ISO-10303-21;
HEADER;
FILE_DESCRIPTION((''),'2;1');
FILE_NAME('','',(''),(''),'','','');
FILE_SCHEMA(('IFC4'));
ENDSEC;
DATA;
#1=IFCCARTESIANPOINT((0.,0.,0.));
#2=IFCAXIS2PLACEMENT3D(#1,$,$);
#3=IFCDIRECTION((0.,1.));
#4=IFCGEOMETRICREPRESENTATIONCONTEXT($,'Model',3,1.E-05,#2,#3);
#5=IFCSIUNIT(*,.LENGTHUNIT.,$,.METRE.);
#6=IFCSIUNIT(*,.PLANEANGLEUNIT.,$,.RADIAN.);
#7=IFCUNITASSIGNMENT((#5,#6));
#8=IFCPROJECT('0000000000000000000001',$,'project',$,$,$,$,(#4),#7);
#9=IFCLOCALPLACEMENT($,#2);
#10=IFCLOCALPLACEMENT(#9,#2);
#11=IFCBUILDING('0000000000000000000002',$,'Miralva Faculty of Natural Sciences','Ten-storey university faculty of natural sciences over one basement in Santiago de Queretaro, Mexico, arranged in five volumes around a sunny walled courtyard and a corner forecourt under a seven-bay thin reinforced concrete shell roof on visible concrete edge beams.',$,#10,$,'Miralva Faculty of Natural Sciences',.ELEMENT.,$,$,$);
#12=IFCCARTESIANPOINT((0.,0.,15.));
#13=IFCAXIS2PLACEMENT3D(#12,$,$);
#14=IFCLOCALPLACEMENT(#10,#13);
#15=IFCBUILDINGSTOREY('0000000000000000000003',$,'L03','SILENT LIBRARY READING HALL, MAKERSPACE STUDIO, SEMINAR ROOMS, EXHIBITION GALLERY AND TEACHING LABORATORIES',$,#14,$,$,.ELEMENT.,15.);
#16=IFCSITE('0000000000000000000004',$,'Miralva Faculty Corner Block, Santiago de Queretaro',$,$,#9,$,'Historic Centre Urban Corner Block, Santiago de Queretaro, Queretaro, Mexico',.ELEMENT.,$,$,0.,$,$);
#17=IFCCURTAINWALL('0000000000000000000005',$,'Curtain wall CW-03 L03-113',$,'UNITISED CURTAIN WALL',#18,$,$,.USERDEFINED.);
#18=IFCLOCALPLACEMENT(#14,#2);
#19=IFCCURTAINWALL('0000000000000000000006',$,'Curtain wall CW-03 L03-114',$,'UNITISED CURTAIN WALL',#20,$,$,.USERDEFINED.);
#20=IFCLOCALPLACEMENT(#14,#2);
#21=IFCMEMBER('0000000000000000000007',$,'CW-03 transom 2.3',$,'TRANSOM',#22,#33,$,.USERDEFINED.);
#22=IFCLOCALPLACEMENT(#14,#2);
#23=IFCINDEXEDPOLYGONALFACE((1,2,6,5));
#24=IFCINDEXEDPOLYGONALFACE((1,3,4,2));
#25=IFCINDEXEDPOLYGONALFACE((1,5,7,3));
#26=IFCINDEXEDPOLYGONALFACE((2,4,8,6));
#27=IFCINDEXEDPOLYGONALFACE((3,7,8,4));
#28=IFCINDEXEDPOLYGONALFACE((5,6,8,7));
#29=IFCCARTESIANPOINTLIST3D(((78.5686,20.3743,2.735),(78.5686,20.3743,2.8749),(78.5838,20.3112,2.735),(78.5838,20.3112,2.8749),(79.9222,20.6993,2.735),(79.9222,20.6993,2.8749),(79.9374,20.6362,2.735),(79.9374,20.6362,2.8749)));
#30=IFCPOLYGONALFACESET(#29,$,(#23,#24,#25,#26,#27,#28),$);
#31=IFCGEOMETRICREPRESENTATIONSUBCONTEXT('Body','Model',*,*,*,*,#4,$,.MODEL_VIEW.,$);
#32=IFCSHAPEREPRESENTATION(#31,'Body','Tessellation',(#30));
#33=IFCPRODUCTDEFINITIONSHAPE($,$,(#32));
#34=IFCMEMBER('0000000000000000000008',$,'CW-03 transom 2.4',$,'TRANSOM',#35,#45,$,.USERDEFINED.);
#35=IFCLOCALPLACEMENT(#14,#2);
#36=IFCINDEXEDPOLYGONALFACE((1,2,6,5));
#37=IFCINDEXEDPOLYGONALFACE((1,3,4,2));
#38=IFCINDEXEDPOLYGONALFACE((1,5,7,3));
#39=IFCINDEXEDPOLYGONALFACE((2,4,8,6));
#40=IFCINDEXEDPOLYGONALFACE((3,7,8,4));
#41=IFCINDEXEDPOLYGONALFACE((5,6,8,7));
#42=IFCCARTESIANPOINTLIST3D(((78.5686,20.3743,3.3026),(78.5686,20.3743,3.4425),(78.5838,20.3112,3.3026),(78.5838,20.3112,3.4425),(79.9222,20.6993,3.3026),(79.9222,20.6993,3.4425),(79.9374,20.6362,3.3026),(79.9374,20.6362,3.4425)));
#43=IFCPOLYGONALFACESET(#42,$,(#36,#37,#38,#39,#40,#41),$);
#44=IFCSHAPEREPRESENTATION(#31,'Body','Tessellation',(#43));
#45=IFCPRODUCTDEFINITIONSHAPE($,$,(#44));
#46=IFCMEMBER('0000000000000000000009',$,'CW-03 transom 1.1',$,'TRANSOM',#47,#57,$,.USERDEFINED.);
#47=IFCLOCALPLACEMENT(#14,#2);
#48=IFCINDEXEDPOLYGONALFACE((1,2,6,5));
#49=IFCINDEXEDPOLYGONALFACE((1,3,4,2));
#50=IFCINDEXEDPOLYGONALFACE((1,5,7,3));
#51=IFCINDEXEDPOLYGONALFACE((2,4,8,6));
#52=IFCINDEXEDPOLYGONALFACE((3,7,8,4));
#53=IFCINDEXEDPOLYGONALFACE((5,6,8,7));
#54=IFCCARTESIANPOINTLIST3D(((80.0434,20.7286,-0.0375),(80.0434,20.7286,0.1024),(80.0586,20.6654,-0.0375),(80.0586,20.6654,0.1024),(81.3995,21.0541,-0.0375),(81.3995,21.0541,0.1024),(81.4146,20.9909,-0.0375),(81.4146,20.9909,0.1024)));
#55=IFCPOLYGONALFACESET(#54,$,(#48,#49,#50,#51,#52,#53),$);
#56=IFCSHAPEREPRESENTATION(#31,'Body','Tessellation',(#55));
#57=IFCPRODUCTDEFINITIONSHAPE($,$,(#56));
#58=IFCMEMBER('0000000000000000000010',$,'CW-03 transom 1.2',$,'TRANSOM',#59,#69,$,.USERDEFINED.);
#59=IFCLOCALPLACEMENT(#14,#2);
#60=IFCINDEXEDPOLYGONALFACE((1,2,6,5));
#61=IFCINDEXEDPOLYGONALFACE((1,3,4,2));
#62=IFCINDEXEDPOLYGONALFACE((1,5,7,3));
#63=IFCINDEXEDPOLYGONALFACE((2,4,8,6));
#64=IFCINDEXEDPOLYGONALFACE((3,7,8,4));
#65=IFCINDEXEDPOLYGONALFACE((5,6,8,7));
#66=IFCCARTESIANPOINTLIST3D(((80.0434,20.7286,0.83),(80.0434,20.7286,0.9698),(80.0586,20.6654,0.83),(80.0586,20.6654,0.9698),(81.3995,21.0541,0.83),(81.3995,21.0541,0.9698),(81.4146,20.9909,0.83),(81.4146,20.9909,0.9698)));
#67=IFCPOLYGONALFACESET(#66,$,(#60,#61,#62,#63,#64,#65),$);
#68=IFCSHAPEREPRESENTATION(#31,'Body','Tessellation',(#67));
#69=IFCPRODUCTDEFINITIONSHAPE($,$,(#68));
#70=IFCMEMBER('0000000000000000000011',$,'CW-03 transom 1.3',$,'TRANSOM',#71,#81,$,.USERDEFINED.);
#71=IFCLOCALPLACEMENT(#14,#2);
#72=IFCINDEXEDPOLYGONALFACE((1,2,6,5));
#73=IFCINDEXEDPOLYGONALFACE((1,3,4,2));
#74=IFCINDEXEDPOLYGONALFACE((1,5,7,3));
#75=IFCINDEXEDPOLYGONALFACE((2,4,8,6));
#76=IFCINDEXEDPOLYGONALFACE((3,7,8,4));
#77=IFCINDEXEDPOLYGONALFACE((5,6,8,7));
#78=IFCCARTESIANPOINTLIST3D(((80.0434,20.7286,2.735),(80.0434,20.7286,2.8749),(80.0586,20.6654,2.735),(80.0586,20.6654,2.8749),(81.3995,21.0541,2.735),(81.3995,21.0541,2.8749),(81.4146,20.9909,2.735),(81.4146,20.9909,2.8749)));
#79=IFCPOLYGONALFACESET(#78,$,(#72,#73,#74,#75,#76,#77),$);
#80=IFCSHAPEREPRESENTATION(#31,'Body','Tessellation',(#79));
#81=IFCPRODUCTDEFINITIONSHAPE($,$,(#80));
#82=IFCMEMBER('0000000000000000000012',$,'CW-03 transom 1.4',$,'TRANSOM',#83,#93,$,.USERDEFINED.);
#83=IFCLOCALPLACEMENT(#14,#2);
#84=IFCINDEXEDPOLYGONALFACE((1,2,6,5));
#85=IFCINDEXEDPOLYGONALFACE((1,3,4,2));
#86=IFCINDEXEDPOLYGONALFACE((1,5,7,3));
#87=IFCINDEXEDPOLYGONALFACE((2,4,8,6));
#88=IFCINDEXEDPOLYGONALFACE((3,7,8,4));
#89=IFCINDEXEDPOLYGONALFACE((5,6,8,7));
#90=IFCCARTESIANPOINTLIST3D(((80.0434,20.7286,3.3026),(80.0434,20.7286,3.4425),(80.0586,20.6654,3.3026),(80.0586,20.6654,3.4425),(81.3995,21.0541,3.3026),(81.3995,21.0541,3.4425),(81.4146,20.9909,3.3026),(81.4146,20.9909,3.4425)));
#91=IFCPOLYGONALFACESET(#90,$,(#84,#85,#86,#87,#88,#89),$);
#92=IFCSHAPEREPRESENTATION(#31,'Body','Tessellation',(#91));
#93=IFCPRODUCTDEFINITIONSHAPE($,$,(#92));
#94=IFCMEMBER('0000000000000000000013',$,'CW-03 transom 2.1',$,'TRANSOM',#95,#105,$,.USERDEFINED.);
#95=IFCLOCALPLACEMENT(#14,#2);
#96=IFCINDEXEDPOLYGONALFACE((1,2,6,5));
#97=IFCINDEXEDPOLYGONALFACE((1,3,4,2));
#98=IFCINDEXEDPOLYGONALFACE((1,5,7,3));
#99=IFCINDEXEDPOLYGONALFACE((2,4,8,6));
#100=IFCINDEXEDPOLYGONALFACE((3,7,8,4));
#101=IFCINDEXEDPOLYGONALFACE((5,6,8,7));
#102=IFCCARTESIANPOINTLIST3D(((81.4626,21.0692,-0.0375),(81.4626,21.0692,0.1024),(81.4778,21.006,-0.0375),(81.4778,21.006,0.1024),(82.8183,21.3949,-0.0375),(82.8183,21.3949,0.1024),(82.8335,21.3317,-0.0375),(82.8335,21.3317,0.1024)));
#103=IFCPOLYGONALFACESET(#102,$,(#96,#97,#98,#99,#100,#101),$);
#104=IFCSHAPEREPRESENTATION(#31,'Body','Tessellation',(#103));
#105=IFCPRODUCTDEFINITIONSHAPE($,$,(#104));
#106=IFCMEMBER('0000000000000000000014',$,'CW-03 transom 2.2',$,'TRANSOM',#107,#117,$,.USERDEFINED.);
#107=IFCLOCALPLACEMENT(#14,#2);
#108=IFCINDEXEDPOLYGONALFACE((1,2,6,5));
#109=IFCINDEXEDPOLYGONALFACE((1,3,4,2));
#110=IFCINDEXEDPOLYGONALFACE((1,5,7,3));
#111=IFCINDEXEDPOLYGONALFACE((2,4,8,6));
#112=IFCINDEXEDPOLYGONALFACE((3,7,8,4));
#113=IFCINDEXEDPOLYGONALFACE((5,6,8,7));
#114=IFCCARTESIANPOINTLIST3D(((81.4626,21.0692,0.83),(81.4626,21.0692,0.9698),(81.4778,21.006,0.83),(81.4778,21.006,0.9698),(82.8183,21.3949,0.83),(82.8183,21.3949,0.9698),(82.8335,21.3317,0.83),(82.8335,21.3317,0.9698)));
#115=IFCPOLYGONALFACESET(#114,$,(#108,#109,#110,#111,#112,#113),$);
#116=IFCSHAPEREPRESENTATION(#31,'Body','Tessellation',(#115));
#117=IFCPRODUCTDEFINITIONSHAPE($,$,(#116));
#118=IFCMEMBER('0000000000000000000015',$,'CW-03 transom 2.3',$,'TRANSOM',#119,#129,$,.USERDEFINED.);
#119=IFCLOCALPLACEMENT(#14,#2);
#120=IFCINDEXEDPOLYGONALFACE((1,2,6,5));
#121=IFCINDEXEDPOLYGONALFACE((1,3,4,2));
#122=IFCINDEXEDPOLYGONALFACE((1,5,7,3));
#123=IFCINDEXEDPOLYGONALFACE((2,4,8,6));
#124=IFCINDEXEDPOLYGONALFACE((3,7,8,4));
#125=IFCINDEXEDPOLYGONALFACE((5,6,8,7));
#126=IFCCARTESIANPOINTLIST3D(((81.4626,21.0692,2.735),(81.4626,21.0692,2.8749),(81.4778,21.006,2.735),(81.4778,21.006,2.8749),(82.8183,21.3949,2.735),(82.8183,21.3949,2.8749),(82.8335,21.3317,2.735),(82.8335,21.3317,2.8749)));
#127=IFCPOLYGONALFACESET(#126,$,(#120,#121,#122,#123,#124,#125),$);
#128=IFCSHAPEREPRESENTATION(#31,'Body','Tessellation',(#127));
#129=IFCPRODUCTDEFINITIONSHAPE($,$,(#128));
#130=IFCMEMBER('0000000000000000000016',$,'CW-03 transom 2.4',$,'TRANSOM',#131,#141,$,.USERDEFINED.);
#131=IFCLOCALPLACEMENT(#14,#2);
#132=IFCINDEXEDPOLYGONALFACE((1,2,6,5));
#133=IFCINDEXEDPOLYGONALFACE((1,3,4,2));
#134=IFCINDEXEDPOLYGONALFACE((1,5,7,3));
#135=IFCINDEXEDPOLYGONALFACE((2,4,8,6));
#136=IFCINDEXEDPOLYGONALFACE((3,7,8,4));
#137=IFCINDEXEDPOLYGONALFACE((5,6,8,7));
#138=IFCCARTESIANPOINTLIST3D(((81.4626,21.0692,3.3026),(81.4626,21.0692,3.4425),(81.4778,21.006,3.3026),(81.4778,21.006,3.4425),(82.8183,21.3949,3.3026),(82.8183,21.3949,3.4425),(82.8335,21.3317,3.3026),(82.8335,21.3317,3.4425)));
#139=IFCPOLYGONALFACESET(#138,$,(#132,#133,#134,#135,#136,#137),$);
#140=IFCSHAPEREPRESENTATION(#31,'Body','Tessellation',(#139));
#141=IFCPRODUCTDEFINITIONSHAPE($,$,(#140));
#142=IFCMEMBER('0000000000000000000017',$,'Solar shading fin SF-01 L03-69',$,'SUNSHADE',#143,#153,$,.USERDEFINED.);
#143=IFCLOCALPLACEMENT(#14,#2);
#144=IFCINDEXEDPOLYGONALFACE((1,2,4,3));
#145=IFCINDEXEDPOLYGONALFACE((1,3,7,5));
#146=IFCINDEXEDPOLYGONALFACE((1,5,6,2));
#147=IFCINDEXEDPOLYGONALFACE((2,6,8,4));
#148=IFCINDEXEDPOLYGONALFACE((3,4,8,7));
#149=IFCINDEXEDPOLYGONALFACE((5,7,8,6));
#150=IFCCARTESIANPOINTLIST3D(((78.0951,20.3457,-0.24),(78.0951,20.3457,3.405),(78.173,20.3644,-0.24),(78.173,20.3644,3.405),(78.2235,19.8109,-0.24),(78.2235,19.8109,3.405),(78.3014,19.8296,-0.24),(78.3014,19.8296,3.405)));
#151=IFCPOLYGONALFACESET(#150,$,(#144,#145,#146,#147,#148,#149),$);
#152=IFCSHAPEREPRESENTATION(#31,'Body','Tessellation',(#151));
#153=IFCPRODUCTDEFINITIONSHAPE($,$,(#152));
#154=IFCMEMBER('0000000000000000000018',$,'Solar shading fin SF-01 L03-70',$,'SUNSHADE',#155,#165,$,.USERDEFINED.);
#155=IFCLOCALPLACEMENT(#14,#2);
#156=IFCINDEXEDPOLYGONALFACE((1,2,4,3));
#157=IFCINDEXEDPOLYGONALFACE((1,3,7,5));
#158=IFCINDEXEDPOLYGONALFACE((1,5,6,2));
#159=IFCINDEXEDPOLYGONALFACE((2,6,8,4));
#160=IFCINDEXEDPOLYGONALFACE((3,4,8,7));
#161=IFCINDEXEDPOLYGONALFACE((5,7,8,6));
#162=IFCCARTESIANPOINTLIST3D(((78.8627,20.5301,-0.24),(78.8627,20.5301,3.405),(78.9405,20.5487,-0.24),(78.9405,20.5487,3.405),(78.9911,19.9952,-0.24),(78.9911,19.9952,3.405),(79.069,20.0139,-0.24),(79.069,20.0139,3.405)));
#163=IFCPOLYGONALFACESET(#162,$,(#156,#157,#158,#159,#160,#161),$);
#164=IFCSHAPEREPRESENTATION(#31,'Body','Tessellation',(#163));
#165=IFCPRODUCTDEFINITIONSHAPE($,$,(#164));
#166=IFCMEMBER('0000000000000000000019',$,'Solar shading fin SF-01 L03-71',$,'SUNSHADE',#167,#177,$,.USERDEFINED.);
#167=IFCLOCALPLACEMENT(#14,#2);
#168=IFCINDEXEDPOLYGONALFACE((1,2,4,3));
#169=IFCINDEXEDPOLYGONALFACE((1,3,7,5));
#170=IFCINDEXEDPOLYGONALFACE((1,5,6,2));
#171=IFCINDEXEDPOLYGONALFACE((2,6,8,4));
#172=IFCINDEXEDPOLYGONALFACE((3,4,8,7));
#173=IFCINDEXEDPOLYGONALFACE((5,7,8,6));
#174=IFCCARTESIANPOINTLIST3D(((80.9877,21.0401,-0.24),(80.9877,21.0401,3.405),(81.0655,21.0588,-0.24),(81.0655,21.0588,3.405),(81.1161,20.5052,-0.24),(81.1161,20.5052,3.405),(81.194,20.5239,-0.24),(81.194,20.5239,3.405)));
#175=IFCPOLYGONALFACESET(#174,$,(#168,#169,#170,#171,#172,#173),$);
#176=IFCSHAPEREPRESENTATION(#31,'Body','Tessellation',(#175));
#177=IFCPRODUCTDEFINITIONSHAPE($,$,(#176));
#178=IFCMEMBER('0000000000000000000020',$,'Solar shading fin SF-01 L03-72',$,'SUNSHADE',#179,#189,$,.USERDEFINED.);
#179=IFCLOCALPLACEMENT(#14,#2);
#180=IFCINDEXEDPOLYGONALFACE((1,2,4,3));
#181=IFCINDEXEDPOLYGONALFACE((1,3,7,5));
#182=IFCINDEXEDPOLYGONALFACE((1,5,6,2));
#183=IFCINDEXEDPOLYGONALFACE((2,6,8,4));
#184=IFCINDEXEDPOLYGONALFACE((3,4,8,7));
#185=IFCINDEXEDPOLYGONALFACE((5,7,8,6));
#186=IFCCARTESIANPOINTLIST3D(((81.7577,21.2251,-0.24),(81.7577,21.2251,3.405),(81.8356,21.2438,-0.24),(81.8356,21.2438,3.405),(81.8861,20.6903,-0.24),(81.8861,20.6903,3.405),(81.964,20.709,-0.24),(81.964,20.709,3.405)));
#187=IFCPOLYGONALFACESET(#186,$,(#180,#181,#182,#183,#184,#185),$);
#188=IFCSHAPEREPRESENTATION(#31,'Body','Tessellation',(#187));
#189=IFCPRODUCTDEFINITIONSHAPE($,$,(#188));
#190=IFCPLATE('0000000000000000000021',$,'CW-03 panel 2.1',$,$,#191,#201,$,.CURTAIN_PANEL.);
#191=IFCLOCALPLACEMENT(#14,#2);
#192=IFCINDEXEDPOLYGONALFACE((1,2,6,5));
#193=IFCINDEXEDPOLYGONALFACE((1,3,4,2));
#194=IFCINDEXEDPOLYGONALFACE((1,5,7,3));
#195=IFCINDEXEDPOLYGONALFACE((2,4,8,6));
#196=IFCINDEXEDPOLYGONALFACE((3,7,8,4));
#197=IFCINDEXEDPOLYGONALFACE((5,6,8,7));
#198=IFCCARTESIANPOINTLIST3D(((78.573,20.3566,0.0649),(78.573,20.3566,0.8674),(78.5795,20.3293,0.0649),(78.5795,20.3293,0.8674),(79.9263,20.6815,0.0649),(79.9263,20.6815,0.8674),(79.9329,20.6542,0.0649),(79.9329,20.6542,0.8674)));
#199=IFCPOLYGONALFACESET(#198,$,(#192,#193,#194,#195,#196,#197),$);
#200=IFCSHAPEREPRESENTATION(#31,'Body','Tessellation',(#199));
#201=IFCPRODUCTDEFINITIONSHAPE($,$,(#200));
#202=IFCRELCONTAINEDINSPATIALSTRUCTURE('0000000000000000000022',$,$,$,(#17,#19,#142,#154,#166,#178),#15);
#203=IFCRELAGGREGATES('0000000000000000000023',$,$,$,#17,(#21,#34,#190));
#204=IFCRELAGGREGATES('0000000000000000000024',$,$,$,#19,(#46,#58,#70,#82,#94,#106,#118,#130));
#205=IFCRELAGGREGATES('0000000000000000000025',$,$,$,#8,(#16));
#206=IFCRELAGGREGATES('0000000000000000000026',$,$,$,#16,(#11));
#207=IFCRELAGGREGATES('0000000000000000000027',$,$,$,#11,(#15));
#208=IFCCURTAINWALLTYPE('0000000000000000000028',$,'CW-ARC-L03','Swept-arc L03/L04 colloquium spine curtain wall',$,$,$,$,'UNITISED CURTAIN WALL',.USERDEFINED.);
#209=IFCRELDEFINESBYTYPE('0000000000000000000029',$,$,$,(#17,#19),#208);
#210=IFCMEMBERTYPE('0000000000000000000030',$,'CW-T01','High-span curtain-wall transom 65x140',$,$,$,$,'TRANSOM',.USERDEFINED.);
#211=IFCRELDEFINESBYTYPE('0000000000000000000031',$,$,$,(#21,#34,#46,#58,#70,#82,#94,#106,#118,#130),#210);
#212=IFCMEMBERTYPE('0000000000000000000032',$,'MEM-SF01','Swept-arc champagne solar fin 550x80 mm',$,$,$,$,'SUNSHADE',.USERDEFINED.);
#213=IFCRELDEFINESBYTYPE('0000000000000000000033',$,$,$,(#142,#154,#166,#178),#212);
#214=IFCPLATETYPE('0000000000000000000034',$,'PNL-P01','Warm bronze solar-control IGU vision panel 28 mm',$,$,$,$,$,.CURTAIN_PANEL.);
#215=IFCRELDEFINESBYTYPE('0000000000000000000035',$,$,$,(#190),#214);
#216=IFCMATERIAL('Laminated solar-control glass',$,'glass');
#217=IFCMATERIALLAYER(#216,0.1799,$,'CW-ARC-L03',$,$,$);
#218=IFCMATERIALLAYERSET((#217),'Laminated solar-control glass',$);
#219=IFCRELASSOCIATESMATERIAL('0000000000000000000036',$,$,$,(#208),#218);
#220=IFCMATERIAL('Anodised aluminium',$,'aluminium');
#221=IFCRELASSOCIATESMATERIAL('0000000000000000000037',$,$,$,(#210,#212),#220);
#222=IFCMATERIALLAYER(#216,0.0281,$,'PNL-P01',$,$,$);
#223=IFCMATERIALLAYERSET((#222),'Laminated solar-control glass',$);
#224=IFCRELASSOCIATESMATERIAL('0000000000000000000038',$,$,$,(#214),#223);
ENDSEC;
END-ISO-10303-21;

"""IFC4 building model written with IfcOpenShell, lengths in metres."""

from ifc_helpers import new_model, si_unit, direction, frame, origin, origin_2d, place, context, subcontext, project, spatial, rectangle, extrude, material, layer, layer_set, material_profile, profile_set, type_object, element, aggregate, save


model = new_model("IFC4")

# Units and contexts
model_context = context("Model", 3, precision=1e-05, world=origin(), true_north=direction((0.0, 1.0)))
body_context = subcontext(model_context, "Body", "Model", "MODEL_VIEW")
ifc_project = project(units=[si_unit("LENGTHUNIT", "METRE"), si_unit("PLANEANGLEUNIT", "RADIAN")], contexts=[model_context])

# Site, building, storey
site_placement = place(None, origin())
site = spatial("IfcSite", under=ifc_project, at=site_placement, Name="Miralva Faculty Corner Block, Santiago de Queretaro", LongName="Historic Centre Urban Corner Block, Santiago de Queretaro, Queretaro, Mexico", CompositionType="ELEMENT", RefElevation=0.0)
building_placement = place(site_placement, origin())
building = spatial("IfcBuilding", under=site, at=building_placement, Name="Miralva Faculty of Natural Sciences", Description="Ten-storey university faculty of natural sciences over one basement in Santiago de Queretaro, Mexico, arranged in five volumes around a sunny walled courtyard and a corner forecourt under a seven-bay thin reinforced concrete shell roof on visible concrete edge beams.", LongName="Miralva Faculty of Natural Sciences", CompositionType="ELEMENT")
storey_placement = place(building_placement, frame((0.0, 0.0, 15.0)))
storey = spatial("IfcBuildingStorey", under=building, at=storey_placement, Name="L03", Description="SILENT LIBRARY READING HALL, MAKERSPACE STUDIO, SEMINAR ROOMS, EXHIBITION GALLERY AND TEACHING LABORATORIES", CompositionType="ELEMENT", Elevation=15.0)

# Curtain walls
ifc_material_1 = material(Name="Laminated solar-control glass", Category="glass")
ifc_layer_1 = layer(ifc_material_1, 0.1799, Name="CW-ARC-L03")
ifc_layer_set_1 = layer_set([ifc_layer_1], Name="Laminated solar-control glass")
curtain_wall_type = type_object("IfcCurtainWallType", Name="CW-ARC-L03", Description="Swept-arc L03/L04 colloquium spine curtain wall", ElementType="UNITISED CURTAIN WALL", PredefinedType="USERDEFINED", material=ifc_layer_set_1)
curtain_wall_1_placement = place(storey_placement, origin())
curtain_wall_1 = element("IfcCurtainWall", 1, at=curtain_wall_1_placement, inside=storey, type_object=curtain_wall_type, Name="Curtain wall CW-03 L03-113", ObjectType="UNITISED CURTAIN WALL", PredefinedType="USERDEFINED")
ifc_material_2 = material(Name="Anodised aluminium", Category="aluminium")
curtain_wall_2_placement = place(storey_placement, origin())
curtain_wall_2 = element("IfcCurtainWall", 2, at=curtain_wall_2_placement, inside=storey, type_object=curtain_wall_type, Name="Curtain wall CW-03 L03-114", ObjectType="UNITISED CURTAIN WALL", PredefinedType="USERDEFINED")

# Members
ifc_material_profile_1 = material_profile(ifc_material_2, rectangle(XDim=0.0649, YDim=0.1399, at=origin_2d()), Name="TRANSOM 65x140")
ifc_profile_set_1 = profile_set([ifc_material_profile_1], Name="Anodised aluminium")
member_type_1 = type_object("IfcMemberType", Name="CW-T01", Description="High-span curtain-wall transom 65x140", ElementType="TRANSOM", PredefinedType="USERDEFINED", material=ifc_profile_set_1)
member_1_placement = place(storey_placement, frame((78.5762, 20.3428, 2.8049), z_axis=(0.97237, 0.233446, 0.0), x_axis=(-0.233446, 0.97237, 0.0)))
member_1 = element("IfcMember", 3, at=member_1_placement, type_object=member_type_1, Name="CW-03 transom 2.3", ObjectType="TRANSOM", PredefinedType="USERDEFINED", context=body_context, shape_type="SweptSolid", body=[
    extrude(rectangle(XDim=0.0649, YDim=0.1399, at=origin_2d()), origin(), (0.0, 0.0, 1.0), 1.3921),
])
member_2_placement = place(storey_placement, frame((78.5762, 20.3428, 3.3726), z_axis=(0.97237, 0.233446, 0.0), x_axis=(-0.233446, 0.97237, 0.0)))
member_2 = element("IfcMember", 4, at=member_2_placement, type_object=member_type_1, Name="CW-03 transom 2.4", ObjectType="TRANSOM", PredefinedType="USERDEFINED", context=body_context, shape_type="SweptSolid", body=[
    extrude(rectangle(XDim=0.0649, YDim=0.1399, at=origin_2d()), origin(), (0.0, 0.0, 1.0), 1.3921),
])
member_3_placement = place(storey_placement, frame((80.051, 20.697, 0.0325), z_axis=(0.972386, 0.23338, 0.0), x_axis=(-0.23338, 0.972386, 0.0)))
member_3 = element("IfcMember", 5, at=member_3_placement, type_object=member_type_1, Name="CW-03 transom 1.1", ObjectType="TRANSOM", PredefinedType="USERDEFINED", context=body_context, shape_type="SweptSolid", body=[
    extrude(rectangle(XDim=0.0649, YDim=0.1399, at=origin_2d()), origin(), (0.0, 0.0, 1.0), 1.3945),
])
member_4_placement = place(storey_placement, frame((80.051, 20.697, 0.8999), z_axis=(0.972386, 0.23338, 0.0), x_axis=(-0.23338, 0.972386, 0.0)))
member_4 = element("IfcMember", 6, at=member_4_placement, type_object=member_type_1, Name="CW-03 transom 1.2", ObjectType="TRANSOM", PredefinedType="USERDEFINED", context=body_context, shape_type="SweptSolid", body=[
    extrude(rectangle(XDim=0.0649, YDim=0.1399, at=origin_2d()), origin(), (0.0, 0.0, 1.0), 1.3945),
])
member_5_placement = place(storey_placement, frame((80.051, 20.697, 2.8049), z_axis=(0.972386, 0.23338, 0.0), x_axis=(-0.23338, 0.972386, 0.0)))
member_5 = element("IfcMember", 7, at=member_5_placement, type_object=member_type_1, Name="CW-03 transom 1.3", ObjectType="TRANSOM", PredefinedType="USERDEFINED", context=body_context, shape_type="SweptSolid", body=[
    extrude(rectangle(XDim=0.0649, YDim=0.1399, at=origin_2d()), origin(), (0.0, 0.0, 1.0), 1.3945),
])
member_6_placement = place(storey_placement, frame((80.051, 20.697, 3.3726), z_axis=(0.972386, 0.23338, 0.0), x_axis=(-0.23338, 0.972386, 0.0)))
member_6 = element("IfcMember", 8, at=member_6_placement, type_object=member_type_1, Name="CW-03 transom 1.4", ObjectType="TRANSOM", PredefinedType="USERDEFINED", context=body_context, shape_type="SweptSolid", body=[
    extrude(rectangle(XDim=0.0649, YDim=0.1399, at=origin_2d()), origin(), (0.0, 0.0, 1.0), 1.3945),
])
member_7_placement = place(storey_placement, frame((81.4702, 21.0376, 0.0325), z_axis=(0.972336, 0.233585, 0.0), x_axis=(-0.233585, 0.972336, 0.0)))
member_7 = element("IfcMember", 9, at=member_7_placement, type_object=member_type_1, Name="CW-03 transom 2.1", ObjectType="TRANSOM", PredefinedType="USERDEFINED", context=body_context, shape_type="SweptSolid", body=[
    extrude(rectangle(XDim=0.0649, YDim=0.1399, at=origin_2d()), origin(), (0.0, 0.0, 1.0), 1.3943),
])
member_8_placement = place(storey_placement, frame((81.4702, 21.0376, 0.8999), z_axis=(0.972336, 0.233585, 0.0), x_axis=(-0.233585, 0.972336, 0.0)))
member_8 = element("IfcMember", 10, at=member_8_placement, type_object=member_type_1, Name="CW-03 transom 2.2", ObjectType="TRANSOM", PredefinedType="USERDEFINED", context=body_context, shape_type="SweptSolid", body=[
    extrude(rectangle(XDim=0.0649, YDim=0.1399, at=origin_2d()), origin(), (0.0, 0.0, 1.0), 1.3943),
])
member_9_placement = place(storey_placement, frame((81.4702, 21.0376, 2.8049), z_axis=(0.972336, 0.233585, 0.0), x_axis=(-0.233585, 0.972336, 0.0)))
member_9 = element("IfcMember", 11, at=member_9_placement, type_object=member_type_1, Name="CW-03 transom 2.3", ObjectType="TRANSOM", PredefinedType="USERDEFINED", context=body_context, shape_type="SweptSolid", body=[
    extrude(rectangle(XDim=0.0649, YDim=0.1399, at=origin_2d()), origin(), (0.0, 0.0, 1.0), 1.3943),
])
member_10_placement = place(storey_placement, frame((81.4702, 21.0376, 3.3726), z_axis=(0.972336, 0.233585, 0.0), x_axis=(-0.233585, 0.972336, 0.0)))
member_10 = element("IfcMember", 12, at=member_10_placement, type_object=member_type_1, Name="CW-03 transom 2.4", ObjectType="TRANSOM", PredefinedType="USERDEFINED", context=body_context, shape_type="SweptSolid", body=[
    extrude(rectangle(XDim=0.0649, YDim=0.1399, at=origin_2d()), origin(), (0.0, 0.0, 1.0), 1.3943),
])

# Members
ifc_material_profile_2 = material_profile(ifc_material_2, rectangle(XDim=0.0801, YDim=0.55, at=origin_2d()), Name="FIN 550x80")
ifc_profile_set_2 = profile_set([ifc_material_profile_2], Name="Anodised aluminium")
member_type_2 = type_object("IfcMemberType", Name="MEM-SF01", Description="Swept-arc champagne solar fin 550x80 mm", ElementType="SUNSHADE", PredefinedType="USERDEFINED", material=ifc_profile_set_2)
for number, where, z_axis, x_axis, name in (
    (13, (78.1982, 20.0876, -0.24), (0.0, 0.0, 1.0), (0.97237, 0.233445, 0.0), "Solar shading fin SF-01 L03-69"),
    (14, (78.9658, 20.272, -0.24), (0.0, 0.0, 1.0), (0.97237, 0.233445, 0.0), "Solar shading fin SF-01 L03-70"),
    (15, (81.0908, 20.782, -0.24), (0.0, 0.0, 1.0), (0.97237, 0.233445, 0.0), "Solar shading fin SF-01 L03-71"),
    (16, (81.8608, 20.967, -0.24), (0.0, 0.0, 1.0), (0.97237, 0.233445, 0.0), "Solar shading fin SF-01 L03-72"),
):
    element("IfcMember", number, at=place(storey_placement, frame(where, z_axis=z_axis, x_axis=x_axis)), inside=storey, type_object=member_type_2, Name=name, ObjectType="SUNSHADE", PredefinedType="USERDEFINED", context=body_context, shape_type="SweptSolid", body=[
        extrude(rectangle(XDim=0.0801, YDim=0.55, at=origin_2d()), origin(), (0.0, 0.0, 1.0), 3.645),
    ])

# Plate
ifc_layer_2 = layer(ifc_material_1, 0.0281, Name="PNL-P01")
ifc_layer_set_2 = layer_set([ifc_layer_2], Name="Laminated solar-control glass")
plate_type = type_object("IfcPlateType", Name="PNL-P01", Description="Warm bronze solar-control IGU vision panel 28 mm", PredefinedType="CURTAIN_PANEL", material=ifc_layer_set_2)
plate_1_placement = place(storey_placement, frame((79.2529, 20.5054, 0.0649), z_axis=(0.0, 0.0, 1.0), x_axis=(0.972367, 0.233457, 0.0)))
plate_1 = element("IfcPlate", 17, at=plate_1_placement, type_object=plate_type, Name="CW-03 panel 2.1", PredefinedType="CURTAIN_PANEL", context=body_context, shape_type="SweptSolid", body=[
    extrude(rectangle(XDim=1.3918, YDim=0.0281, at=origin_2d()), origin(), (0.0, 0.0, 1.0), 0.8025),
])
aggregate(curtain_wall_1, [member_1, member_2, plate_1])
aggregate(curtain_wall_2, [member_3, member_4, member_5, member_6, member_7, member_8, member_9, member_10])

save(model, "model.ifc")
